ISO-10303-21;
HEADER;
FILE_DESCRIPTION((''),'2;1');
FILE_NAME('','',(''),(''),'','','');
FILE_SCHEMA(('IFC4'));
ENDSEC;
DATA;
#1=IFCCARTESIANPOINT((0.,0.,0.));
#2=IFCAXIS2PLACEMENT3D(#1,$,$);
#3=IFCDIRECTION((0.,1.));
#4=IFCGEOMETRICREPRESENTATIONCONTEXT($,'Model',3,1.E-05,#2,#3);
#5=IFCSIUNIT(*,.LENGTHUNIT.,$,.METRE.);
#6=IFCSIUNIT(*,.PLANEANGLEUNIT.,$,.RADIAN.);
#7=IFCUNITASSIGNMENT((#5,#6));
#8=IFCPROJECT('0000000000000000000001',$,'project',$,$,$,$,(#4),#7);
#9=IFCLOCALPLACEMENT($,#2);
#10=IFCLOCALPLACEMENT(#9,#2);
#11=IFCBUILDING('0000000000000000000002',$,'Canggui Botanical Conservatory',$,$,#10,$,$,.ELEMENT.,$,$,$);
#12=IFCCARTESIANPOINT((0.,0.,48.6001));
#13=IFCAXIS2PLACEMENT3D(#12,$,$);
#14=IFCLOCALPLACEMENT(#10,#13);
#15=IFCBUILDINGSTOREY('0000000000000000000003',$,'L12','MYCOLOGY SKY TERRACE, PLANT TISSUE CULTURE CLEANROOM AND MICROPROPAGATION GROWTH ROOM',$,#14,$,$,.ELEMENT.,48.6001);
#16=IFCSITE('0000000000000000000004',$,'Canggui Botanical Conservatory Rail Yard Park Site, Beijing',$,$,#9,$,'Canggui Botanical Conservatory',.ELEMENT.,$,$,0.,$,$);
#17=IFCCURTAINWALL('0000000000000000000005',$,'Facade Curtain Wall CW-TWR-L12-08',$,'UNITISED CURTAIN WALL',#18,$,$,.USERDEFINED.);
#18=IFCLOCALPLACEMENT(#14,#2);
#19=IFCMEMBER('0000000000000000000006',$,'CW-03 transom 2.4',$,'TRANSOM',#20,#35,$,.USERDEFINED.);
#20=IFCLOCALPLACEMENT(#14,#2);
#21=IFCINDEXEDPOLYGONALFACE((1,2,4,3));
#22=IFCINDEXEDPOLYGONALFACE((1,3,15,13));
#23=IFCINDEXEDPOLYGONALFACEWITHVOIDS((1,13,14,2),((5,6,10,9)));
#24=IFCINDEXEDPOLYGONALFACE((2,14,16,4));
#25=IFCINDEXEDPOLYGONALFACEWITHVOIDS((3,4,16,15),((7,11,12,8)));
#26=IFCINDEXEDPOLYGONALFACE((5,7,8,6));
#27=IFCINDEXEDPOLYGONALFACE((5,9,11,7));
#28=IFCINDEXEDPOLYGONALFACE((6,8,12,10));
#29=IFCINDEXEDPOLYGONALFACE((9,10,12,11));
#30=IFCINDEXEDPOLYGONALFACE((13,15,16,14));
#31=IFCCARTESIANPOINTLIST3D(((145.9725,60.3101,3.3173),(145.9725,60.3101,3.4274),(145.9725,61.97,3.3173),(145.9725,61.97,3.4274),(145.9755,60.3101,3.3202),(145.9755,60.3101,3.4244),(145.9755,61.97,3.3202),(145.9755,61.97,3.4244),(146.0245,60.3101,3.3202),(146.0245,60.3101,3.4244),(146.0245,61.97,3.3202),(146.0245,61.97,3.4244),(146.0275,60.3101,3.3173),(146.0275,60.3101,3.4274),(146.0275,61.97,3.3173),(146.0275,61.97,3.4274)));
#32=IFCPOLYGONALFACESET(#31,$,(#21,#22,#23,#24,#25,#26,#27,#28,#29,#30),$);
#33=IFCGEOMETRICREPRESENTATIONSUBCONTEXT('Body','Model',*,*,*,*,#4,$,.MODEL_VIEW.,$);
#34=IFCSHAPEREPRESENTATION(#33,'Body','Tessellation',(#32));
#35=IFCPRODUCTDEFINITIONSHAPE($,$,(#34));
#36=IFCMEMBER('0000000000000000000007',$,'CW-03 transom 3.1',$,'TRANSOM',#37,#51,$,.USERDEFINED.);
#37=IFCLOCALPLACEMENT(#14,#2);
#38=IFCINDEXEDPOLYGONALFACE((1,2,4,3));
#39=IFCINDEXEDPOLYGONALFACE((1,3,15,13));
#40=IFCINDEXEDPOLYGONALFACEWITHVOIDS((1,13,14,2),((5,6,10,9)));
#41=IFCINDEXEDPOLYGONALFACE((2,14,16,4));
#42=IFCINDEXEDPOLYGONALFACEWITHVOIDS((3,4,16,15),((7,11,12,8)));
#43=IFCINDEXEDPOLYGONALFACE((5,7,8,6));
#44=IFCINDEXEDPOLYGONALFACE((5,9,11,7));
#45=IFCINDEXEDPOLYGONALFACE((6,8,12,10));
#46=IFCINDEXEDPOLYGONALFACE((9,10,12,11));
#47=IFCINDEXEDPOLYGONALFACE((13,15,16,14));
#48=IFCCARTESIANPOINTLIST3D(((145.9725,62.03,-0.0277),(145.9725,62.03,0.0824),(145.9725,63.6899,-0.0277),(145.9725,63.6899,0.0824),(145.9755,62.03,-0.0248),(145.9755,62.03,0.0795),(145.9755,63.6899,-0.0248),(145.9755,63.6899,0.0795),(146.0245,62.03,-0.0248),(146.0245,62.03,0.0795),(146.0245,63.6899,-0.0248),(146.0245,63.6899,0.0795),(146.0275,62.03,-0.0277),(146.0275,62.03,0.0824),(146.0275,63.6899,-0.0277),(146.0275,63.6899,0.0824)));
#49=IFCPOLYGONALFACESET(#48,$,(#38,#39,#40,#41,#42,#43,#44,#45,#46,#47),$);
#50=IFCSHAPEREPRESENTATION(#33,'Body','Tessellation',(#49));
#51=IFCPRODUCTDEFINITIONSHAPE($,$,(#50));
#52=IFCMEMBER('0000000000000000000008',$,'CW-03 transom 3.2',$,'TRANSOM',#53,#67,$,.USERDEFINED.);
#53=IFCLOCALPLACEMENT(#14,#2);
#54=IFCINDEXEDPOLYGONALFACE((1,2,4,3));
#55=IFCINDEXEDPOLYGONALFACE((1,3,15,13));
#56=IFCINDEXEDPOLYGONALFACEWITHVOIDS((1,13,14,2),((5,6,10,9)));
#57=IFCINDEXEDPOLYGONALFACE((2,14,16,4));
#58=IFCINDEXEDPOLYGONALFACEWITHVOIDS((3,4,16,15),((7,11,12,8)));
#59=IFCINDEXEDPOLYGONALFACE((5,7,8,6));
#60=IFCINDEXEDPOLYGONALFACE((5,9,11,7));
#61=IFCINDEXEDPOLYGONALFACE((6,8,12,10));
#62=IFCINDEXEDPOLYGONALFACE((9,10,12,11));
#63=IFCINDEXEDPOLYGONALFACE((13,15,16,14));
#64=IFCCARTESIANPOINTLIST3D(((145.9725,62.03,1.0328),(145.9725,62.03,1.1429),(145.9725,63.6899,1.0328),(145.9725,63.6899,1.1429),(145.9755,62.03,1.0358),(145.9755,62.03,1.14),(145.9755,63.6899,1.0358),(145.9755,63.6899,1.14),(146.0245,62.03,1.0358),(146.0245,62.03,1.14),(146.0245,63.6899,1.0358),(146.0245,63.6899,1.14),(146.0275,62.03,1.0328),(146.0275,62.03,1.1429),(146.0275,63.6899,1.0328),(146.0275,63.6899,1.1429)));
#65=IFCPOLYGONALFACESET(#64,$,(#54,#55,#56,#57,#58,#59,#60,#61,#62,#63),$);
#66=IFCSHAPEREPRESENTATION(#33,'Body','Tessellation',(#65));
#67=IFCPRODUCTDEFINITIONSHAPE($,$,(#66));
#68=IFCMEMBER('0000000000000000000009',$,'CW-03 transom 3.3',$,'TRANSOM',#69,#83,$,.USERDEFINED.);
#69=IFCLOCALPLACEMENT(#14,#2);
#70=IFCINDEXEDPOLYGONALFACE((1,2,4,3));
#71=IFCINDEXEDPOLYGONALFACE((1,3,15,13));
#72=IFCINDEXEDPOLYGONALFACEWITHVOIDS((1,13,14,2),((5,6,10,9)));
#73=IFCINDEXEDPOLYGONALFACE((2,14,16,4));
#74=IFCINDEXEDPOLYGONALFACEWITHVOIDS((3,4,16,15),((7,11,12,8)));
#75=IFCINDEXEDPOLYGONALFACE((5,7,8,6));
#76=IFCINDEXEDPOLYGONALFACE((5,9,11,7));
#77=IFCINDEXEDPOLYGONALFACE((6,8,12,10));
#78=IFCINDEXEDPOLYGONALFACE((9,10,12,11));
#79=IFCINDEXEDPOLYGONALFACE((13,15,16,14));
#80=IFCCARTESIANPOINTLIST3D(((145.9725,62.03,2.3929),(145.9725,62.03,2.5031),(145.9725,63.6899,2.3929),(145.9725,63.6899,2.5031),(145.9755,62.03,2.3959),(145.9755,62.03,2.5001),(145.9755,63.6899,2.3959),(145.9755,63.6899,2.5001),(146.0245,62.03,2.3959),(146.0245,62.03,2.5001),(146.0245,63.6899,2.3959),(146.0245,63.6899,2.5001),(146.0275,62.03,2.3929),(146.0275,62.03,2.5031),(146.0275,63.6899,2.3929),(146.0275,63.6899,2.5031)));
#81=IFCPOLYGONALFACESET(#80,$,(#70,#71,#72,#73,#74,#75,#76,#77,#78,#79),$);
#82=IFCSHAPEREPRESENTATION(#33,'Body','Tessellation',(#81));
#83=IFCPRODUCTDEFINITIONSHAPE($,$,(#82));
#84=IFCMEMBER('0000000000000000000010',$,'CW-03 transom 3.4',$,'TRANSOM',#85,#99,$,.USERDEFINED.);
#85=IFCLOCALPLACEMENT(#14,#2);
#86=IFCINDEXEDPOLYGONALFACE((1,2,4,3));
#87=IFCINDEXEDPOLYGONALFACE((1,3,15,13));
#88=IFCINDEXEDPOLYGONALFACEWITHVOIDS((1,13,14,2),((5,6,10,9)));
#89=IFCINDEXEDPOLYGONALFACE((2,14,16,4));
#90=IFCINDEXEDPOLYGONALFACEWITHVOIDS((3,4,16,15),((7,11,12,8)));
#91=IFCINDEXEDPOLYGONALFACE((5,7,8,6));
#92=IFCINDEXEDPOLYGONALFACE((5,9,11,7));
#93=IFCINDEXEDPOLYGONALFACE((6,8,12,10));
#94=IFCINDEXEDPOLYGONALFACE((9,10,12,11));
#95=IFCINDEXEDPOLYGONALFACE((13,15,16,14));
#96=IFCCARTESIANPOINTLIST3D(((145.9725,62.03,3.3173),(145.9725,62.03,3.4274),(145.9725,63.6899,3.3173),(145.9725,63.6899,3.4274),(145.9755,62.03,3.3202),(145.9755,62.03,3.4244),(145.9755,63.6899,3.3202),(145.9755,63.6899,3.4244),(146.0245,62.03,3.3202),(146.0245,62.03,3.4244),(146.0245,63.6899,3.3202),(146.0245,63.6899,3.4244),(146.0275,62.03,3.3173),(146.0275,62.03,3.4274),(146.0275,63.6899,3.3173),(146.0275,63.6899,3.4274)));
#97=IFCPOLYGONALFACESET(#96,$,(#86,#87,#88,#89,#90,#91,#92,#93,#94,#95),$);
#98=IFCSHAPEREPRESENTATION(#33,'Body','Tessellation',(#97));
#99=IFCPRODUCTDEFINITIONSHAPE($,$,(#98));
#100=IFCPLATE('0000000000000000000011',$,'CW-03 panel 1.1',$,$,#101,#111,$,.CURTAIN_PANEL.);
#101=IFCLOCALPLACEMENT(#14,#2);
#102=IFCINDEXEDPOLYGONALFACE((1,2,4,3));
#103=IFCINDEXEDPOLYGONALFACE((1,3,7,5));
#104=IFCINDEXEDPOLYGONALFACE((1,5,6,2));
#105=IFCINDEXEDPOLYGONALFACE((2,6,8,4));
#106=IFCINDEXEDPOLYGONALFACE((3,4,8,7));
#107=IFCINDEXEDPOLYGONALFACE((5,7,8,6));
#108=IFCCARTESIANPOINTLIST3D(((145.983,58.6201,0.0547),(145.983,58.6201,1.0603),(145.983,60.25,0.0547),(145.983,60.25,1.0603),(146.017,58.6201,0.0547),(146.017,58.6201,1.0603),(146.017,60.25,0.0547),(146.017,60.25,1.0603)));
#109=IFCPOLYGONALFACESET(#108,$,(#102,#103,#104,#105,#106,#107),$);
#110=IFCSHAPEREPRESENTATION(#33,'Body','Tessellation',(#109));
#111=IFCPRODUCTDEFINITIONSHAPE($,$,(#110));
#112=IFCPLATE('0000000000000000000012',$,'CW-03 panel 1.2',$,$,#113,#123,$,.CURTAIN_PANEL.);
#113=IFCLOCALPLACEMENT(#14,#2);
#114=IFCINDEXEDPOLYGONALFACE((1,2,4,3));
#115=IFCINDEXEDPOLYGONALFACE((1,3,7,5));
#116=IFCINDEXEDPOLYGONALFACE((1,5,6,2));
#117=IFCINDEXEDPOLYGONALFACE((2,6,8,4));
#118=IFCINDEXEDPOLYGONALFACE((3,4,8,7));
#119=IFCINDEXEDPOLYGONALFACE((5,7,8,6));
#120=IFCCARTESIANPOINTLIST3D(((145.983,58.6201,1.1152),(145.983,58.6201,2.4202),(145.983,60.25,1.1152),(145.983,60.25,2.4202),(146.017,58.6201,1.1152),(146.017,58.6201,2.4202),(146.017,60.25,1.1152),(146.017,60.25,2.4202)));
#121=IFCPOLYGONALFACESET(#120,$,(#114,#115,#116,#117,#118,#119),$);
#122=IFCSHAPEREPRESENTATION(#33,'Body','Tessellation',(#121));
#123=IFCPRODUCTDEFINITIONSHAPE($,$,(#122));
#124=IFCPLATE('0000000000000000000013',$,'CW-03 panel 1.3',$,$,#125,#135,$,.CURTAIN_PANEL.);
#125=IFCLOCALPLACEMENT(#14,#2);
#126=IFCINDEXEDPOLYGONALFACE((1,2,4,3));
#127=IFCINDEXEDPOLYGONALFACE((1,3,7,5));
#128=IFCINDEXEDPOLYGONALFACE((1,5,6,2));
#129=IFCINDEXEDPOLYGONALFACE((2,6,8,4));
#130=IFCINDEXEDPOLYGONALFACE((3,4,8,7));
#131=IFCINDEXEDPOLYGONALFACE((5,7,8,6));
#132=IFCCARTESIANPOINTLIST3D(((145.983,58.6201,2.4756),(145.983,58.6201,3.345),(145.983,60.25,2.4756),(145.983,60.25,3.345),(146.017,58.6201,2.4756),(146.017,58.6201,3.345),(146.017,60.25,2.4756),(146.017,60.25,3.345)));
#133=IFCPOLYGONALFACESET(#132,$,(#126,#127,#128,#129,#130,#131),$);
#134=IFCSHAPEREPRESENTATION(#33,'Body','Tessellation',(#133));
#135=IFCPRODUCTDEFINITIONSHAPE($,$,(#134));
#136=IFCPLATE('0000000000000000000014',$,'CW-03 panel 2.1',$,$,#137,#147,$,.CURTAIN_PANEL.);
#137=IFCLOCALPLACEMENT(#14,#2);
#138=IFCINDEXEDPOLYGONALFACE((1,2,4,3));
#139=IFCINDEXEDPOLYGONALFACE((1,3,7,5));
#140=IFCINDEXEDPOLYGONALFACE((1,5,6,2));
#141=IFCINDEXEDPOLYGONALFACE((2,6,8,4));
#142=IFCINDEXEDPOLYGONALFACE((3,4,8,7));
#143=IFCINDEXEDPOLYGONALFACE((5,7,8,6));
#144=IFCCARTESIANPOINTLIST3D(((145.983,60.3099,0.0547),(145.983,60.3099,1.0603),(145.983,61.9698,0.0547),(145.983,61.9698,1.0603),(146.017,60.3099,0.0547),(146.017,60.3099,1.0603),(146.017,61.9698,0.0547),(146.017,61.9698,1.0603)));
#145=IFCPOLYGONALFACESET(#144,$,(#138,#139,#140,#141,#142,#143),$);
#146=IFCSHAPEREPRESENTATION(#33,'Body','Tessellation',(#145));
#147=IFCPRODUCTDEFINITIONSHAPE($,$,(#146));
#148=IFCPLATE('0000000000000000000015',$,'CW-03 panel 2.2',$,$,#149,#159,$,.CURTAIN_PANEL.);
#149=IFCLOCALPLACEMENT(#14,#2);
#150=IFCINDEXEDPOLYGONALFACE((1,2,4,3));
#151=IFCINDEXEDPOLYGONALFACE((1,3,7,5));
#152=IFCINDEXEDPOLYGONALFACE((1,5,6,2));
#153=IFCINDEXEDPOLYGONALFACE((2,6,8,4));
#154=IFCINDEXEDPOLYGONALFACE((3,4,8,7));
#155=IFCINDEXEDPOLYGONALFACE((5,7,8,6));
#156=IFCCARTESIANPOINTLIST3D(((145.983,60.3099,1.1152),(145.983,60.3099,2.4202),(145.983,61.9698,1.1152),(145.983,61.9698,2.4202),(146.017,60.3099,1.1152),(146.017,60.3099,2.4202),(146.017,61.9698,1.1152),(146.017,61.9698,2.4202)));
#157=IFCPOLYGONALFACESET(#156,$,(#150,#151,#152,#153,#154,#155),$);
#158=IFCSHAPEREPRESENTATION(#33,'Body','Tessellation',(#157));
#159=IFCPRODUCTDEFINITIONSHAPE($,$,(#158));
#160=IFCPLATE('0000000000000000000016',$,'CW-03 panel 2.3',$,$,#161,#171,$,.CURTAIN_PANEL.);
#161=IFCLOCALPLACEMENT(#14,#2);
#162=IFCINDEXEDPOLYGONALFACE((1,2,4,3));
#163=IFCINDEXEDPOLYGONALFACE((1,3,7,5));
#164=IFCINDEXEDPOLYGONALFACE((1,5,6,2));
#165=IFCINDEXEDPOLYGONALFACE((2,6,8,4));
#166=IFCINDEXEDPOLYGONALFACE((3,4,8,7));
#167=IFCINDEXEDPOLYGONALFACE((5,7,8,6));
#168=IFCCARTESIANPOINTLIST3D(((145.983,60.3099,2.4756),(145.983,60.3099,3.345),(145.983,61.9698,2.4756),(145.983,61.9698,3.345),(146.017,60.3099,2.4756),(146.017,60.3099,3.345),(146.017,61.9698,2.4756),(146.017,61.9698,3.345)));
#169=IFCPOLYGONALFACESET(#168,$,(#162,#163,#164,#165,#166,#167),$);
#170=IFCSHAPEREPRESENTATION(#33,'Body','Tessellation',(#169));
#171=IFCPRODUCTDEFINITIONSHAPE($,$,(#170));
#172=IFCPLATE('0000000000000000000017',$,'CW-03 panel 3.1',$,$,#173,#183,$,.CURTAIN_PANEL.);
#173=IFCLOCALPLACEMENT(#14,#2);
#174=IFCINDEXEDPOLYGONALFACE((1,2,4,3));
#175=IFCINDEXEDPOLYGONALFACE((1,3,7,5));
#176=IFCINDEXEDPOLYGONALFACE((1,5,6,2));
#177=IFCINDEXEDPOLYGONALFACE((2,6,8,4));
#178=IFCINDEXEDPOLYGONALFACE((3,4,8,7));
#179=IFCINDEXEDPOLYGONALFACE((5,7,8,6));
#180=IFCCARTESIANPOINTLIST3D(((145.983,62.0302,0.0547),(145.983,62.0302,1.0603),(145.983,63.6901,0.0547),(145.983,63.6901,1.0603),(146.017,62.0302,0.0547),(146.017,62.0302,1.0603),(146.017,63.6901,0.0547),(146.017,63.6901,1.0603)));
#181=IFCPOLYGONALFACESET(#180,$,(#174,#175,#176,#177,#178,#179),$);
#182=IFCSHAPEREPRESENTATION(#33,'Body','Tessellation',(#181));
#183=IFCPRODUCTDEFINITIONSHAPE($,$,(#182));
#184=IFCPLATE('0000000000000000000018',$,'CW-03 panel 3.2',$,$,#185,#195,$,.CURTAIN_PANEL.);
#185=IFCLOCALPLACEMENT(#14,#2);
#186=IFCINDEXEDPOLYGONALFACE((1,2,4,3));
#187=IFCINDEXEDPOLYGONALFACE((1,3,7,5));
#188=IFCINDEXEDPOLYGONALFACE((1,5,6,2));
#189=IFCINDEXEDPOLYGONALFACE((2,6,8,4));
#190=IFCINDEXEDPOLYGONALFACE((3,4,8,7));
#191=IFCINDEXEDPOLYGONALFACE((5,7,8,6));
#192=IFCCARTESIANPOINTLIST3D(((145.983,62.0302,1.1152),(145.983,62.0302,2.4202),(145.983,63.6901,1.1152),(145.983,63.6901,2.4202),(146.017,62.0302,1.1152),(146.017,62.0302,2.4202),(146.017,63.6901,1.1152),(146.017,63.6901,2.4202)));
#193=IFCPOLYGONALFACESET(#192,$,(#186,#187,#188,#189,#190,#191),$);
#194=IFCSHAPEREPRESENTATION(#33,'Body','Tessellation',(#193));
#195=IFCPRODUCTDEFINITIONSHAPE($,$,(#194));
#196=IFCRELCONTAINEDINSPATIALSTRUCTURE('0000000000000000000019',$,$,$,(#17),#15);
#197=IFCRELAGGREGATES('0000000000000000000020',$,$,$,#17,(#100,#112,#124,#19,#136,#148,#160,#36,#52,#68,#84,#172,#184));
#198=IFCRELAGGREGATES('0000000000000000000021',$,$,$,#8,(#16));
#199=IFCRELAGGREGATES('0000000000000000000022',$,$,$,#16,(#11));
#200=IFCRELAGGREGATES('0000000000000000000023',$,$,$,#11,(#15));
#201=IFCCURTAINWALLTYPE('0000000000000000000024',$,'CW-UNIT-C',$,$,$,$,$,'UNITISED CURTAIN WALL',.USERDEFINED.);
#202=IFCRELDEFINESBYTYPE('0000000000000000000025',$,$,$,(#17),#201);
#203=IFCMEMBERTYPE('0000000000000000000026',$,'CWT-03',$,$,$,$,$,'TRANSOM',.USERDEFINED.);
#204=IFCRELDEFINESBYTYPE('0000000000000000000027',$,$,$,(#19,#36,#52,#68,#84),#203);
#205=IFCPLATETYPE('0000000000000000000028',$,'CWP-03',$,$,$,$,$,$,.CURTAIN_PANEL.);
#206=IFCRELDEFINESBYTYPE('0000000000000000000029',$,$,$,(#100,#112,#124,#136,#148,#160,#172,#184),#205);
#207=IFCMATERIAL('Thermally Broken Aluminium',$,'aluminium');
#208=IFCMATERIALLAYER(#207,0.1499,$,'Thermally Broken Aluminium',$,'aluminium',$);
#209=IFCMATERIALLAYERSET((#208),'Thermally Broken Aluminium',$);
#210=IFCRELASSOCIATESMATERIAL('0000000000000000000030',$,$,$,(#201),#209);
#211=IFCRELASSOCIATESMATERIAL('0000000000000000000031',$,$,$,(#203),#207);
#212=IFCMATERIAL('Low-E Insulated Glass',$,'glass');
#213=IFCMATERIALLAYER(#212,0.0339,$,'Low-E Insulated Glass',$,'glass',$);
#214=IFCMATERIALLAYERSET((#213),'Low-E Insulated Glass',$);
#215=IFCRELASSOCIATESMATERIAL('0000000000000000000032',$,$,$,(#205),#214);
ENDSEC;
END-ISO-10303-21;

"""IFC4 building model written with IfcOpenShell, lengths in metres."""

from ifc_helpers import new_model, si_unit, direction, frame, origin, origin_2d, place, context, subcontext, project, spatial, rectangle, hollow_rectangle, extrude, material, layer, layer_set, material_profile, profile_set, type_object, element, aggregate, save


model = new_model("IFC4")

# Units and contexts
model_context = context("Model", 3, precision=1e-05, world=origin(), true_north=direction((0.0, 1.0)))
body_context = subcontext(model_context, "Body", "Model", "MODEL_VIEW")
ifc_project = project(units=[si_unit("LENGTHUNIT", "METRE"), si_unit("PLANEANGLEUNIT", "RADIAN")], contexts=[model_context])

# Site, building, storey
site_placement = place(None, origin())
site = spatial("IfcSite", under=ifc_project, at=site_placement, Name="Canggui Botanical Conservatory Rail Yard Park Site, Beijing", LongName="Canggui Botanical Conservatory", CompositionType="ELEMENT", RefElevation=0.0)
building_placement = place(site_placement, origin())
building = spatial("IfcBuilding", under=site, at=building_placement, Name="Canggui Botanical Conservatory", CompositionType="ELEMENT")
storey_placement = place(building_placement, frame((0.0, 0.0, 48.6001)))
storey = spatial("IfcBuildingStorey", under=building, at=storey_placement, Name="L12", Description="MYCOLOGY SKY TERRACE, PLANT TISSUE CULTURE CLEANROOM AND MICROPROPAGATION GROWTH ROOM", CompositionType="ELEMENT", Elevation=48.6001)

# Curtain wall, members, plates
ifc_material_1 = material(Name="Thermally Broken Aluminium", Category="aluminium")
ifc_layer_1 = layer(ifc_material_1, 0.1499, Name="Thermally Broken Aluminium", Category="aluminium")
ifc_layer_set_1 = layer_set([ifc_layer_1], Name="Thermally Broken Aluminium")
curtain_wall_type = type_object("IfcCurtainWallType", Name="CW-UNIT-C", ElementType="UNITISED CURTAIN WALL", PredefinedType="USERDEFINED", material=ifc_layer_set_1)
curtain_wall_placement = place(storey_placement, origin())
curtain_wall = element("IfcCurtainWall", 1, at=curtain_wall_placement, inside=storey, type_object=curtain_wall_type, Name="Facade Curtain Wall CW-TWR-L12-08", ObjectType="UNITISED CURTAIN WALL", PredefinedType="USERDEFINED")
ifc_material_profile_1 = material_profile(ifc_material_1, hollow_rectangle(XDim=0.0549, YDim=0.1101, WallThickness=0.0029, at=origin_2d()), Name="CWT 55x110x3")
ifc_profile_set_1 = profile_set([ifc_material_profile_1], Name="Thermally Broken Aluminium")
member_type_1 = type_object("IfcMemberType", Name="CWT-03", ElementType="TRANSOM", PredefinedType="USERDEFINED", material=ifc_profile_set_1)
member_1_placement = place(storey_placement, frame((146.0, 60.3101, 3.3723), z_axis=(0.0, 1.0, 0.0), x_axis=(-1.0, 0.0, 0.0)))
member_1 = element("IfcMember", 2, at=member_1_placement, type_object=member_type_1, Name="CW-03 transom 2.4", ObjectType="TRANSOM", PredefinedType="USERDEFINED", context=body_context, shape_type="SweptSolid", body=[
    extrude(hollow_rectangle(XDim=0.0549, YDim=0.1101, WallThickness=0.0029, at=origin_2d()), origin(), (0.0, 0.0, 1.0), 1.6599),
])
member_2_placement = place(storey_placement, frame((146.0, 62.03, 0.0273), z_axis=(0.0, 1.0, 0.0), x_axis=(-1.0, 0.0, 0.0)))
member_2 = element("IfcMember", 3, at=member_2_placement, type_object=member_type_1, Name="CW-03 transom 3.1", ObjectType="TRANSOM", PredefinedType="USERDEFINED", context=body_context, shape_type="SweptSolid", body=[
    extrude(hollow_rectangle(XDim=0.0549, YDim=0.1101, WallThickness=0.0029, at=origin_2d()), origin(), (0.0, 0.0, 1.0), 1.6599),
])
member_3_placement = place(storey_placement, frame((146.0, 62.03, 1.0879), z_axis=(0.0, 1.0, 0.0), x_axis=(-1.0, 0.0, 0.0)))
member_3 = element("IfcMember", 4, at=member_3_placement, type_object=member_type_1, Name="CW-03 transom 3.2", ObjectType="TRANSOM", PredefinedType="USERDEFINED", context=body_context, shape_type="SweptSolid", body=[
    extrude(hollow_rectangle(XDim=0.0549, YDim=0.1101, WallThickness=0.0029, at=origin_2d()), origin(), (0.0, 0.0, 1.0), 1.6599),
])
member_4_placement = place(storey_placement, frame((146.0, 62.03, 2.448), z_axis=(0.0, 1.0, 0.0), x_axis=(-1.0, 0.0, 0.0)))
member_4 = element("IfcMember", 5, at=member_4_placement, type_object=member_type_1, Name="CW-03 transom 3.3", ObjectType="TRANSOM", PredefinedType="USERDEFINED", context=body_context, shape_type="SweptSolid", body=[
    extrude(hollow_rectangle(XDim=0.0549, YDim=0.1101, WallThickness=0.0029, at=origin_2d()), origin(), (0.0, 0.0, 1.0), 1.6599),
])
member_5_placement = place(storey_placement, frame((146.0, 62.03, 3.3723), z_axis=(0.0, 1.0, 0.0), x_axis=(-1.0, 0.0, 0.0)))
member_5 = element("IfcMember", 6, at=member_5_placement, type_object=member_type_1, Name="CW-03 transom 3.4", ObjectType="TRANSOM", PredefinedType="USERDEFINED", context=body_context, shape_type="SweptSolid", body=[
    extrude(hollow_rectangle(XDim=0.0549, YDim=0.1101, WallThickness=0.0029, at=origin_2d()), origin(), (0.0, 0.0, 1.0), 1.6599),
])
ifc_material_2 = material(Name="Low-E Insulated Glass", Category="glass")
ifc_layer_2 = layer(ifc_material_2, 0.0339, Name="Low-E Insulated Glass", Category="glass")
ifc_layer_set_2 = layer_set([ifc_layer_2], Name="Low-E Insulated Glass")
plate_type = type_object("IfcPlateType", Name="CWP-03", PredefinedType="CURTAIN_PANEL", material=ifc_layer_set_2)
plate_1_placement = place(storey_placement, frame((146.0, 59.4351, 0.0547), z_axis=(0.0, 0.0, 1.0), x_axis=(0.0, 1.0, 0.0)))
plate_1 = element("IfcPlate", 7, at=plate_1_placement, type_object=plate_type, Name="CW-03 panel 1.1", PredefinedType="CURTAIN_PANEL", context=body_context, shape_type="SweptSolid", body=[
    extrude(rectangle(XDim=1.6299, YDim=0.0339, at=origin_2d()), origin(), (0.0, 0.0, 1.0), 1.0056),
])
plate_2_placement = place(storey_placement, frame((146.0, 59.4351, 1.1152), z_axis=(0.0, 0.0, 1.0), x_axis=(0.0, 1.0, 0.0)))
plate_2 = element("IfcPlate", 8, at=plate_2_placement, type_object=plate_type, Name="CW-03 panel 1.2", PredefinedType="CURTAIN_PANEL", context=body_context, shape_type="SweptSolid", body=[
    extrude(rectangle(XDim=1.6299, YDim=0.0339, at=origin_2d()), origin(), (0.0, 0.0, 1.0), 1.3049),
])
plate_3_placement = place(storey_placement, frame((146.0, 59.4351, 2.4756), z_axis=(0.0, 0.0, 1.0), x_axis=(0.0, 1.0, 0.0)))
plate_3 = element("IfcPlate", 9, at=plate_3_placement, type_object=plate_type, Name="CW-03 panel 1.3", PredefinedType="CURTAIN_PANEL", context=body_context, shape_type="SweptSolid", body=[
    extrude(rectangle(XDim=1.6299, YDim=0.0339, at=origin_2d()), origin(), (0.0, 0.0, 1.0), 0.8694),
])
plate_4_placement = place(storey_placement, frame((146.0, 61.1399, 0.0547), z_axis=(0.0, 0.0, 1.0), x_axis=(0.0, 1.0, 0.0)))
plate_4 = element("IfcPlate", 10, at=plate_4_placement, type_object=plate_type, Name="CW-03 panel 2.1", PredefinedType="CURTAIN_PANEL", context=body_context, shape_type="SweptSolid", body=[
    extrude(rectangle(XDim=1.6599, YDim=0.0339, at=origin_2d()), origin(), (0.0, 0.0, 1.0), 1.0056),
])
plate_5_placement = place(storey_placement, frame((146.0, 61.1399, 1.1152), z_axis=(0.0, 0.0, 1.0), x_axis=(0.0, 1.0, 0.0)))
plate_5 = element("IfcPlate", 11, at=plate_5_placement, type_object=plate_type, Name="CW-03 panel 2.2", PredefinedType="CURTAIN_PANEL", context=body_context, shape_type="SweptSolid", body=[
    extrude(rectangle(XDim=1.6599, YDim=0.0339, at=origin_2d()), origin(), (0.0, 0.0, 1.0), 1.3049),
])
plate_6_placement = place(storey_placement, frame((146.0, 61.1399, 2.4756), z_axis=(0.0, 0.0, 1.0), x_axis=(0.0, 1.0, 0.0)))
plate_6 = element("IfcPlate", 12, at=plate_6_placement, type_object=plate_type, Name="CW-03 panel 2.3", PredefinedType="CURTAIN_PANEL", context=body_context, shape_type="SweptSolid", body=[
    extrude(rectangle(XDim=1.6599, YDim=0.0339, at=origin_2d()), origin(), (0.0, 0.0, 1.0), 0.8694),
])
plate_7_placement = place(storey_placement, frame((146.0, 62.8601, 0.0547), z_axis=(0.0, 0.0, 1.0), x_axis=(0.0, 1.0, 0.0)))
plate_7 = element("IfcPlate", 13, at=plate_7_placement, type_object=plate_type, Name="CW-03 panel 3.1", PredefinedType="CURTAIN_PANEL", context=body_context, shape_type="SweptSolid", body=[
    extrude(rectangle(XDim=1.6599, YDim=0.0339, at=origin_2d()), origin(), (0.0, 0.0, 1.0), 1.0056),
])
plate_8_placement = place(storey_placement, frame((146.0, 62.8601, 1.1152), z_axis=(0.0, 0.0, 1.0), x_axis=(0.0, 1.0, 0.0)))
plate_8 = element("IfcPlate", 14, at=plate_8_placement, type_object=plate_type, Name="CW-03 panel 3.2", PredefinedType="CURTAIN_PANEL", context=body_context, shape_type="SweptSolid", body=[
    extrude(rectangle(XDim=1.6599, YDim=0.0339, at=origin_2d()), origin(), (0.0, 0.0, 1.0), 1.3049),
])
aggregate(curtain_wall, [plate_1, plate_2, plate_3, member_1, plate_4, plate_5, plate_6, member_2, member_3, member_4, member_5, plate_7, plate_8])

save(model, "model.ifc")
